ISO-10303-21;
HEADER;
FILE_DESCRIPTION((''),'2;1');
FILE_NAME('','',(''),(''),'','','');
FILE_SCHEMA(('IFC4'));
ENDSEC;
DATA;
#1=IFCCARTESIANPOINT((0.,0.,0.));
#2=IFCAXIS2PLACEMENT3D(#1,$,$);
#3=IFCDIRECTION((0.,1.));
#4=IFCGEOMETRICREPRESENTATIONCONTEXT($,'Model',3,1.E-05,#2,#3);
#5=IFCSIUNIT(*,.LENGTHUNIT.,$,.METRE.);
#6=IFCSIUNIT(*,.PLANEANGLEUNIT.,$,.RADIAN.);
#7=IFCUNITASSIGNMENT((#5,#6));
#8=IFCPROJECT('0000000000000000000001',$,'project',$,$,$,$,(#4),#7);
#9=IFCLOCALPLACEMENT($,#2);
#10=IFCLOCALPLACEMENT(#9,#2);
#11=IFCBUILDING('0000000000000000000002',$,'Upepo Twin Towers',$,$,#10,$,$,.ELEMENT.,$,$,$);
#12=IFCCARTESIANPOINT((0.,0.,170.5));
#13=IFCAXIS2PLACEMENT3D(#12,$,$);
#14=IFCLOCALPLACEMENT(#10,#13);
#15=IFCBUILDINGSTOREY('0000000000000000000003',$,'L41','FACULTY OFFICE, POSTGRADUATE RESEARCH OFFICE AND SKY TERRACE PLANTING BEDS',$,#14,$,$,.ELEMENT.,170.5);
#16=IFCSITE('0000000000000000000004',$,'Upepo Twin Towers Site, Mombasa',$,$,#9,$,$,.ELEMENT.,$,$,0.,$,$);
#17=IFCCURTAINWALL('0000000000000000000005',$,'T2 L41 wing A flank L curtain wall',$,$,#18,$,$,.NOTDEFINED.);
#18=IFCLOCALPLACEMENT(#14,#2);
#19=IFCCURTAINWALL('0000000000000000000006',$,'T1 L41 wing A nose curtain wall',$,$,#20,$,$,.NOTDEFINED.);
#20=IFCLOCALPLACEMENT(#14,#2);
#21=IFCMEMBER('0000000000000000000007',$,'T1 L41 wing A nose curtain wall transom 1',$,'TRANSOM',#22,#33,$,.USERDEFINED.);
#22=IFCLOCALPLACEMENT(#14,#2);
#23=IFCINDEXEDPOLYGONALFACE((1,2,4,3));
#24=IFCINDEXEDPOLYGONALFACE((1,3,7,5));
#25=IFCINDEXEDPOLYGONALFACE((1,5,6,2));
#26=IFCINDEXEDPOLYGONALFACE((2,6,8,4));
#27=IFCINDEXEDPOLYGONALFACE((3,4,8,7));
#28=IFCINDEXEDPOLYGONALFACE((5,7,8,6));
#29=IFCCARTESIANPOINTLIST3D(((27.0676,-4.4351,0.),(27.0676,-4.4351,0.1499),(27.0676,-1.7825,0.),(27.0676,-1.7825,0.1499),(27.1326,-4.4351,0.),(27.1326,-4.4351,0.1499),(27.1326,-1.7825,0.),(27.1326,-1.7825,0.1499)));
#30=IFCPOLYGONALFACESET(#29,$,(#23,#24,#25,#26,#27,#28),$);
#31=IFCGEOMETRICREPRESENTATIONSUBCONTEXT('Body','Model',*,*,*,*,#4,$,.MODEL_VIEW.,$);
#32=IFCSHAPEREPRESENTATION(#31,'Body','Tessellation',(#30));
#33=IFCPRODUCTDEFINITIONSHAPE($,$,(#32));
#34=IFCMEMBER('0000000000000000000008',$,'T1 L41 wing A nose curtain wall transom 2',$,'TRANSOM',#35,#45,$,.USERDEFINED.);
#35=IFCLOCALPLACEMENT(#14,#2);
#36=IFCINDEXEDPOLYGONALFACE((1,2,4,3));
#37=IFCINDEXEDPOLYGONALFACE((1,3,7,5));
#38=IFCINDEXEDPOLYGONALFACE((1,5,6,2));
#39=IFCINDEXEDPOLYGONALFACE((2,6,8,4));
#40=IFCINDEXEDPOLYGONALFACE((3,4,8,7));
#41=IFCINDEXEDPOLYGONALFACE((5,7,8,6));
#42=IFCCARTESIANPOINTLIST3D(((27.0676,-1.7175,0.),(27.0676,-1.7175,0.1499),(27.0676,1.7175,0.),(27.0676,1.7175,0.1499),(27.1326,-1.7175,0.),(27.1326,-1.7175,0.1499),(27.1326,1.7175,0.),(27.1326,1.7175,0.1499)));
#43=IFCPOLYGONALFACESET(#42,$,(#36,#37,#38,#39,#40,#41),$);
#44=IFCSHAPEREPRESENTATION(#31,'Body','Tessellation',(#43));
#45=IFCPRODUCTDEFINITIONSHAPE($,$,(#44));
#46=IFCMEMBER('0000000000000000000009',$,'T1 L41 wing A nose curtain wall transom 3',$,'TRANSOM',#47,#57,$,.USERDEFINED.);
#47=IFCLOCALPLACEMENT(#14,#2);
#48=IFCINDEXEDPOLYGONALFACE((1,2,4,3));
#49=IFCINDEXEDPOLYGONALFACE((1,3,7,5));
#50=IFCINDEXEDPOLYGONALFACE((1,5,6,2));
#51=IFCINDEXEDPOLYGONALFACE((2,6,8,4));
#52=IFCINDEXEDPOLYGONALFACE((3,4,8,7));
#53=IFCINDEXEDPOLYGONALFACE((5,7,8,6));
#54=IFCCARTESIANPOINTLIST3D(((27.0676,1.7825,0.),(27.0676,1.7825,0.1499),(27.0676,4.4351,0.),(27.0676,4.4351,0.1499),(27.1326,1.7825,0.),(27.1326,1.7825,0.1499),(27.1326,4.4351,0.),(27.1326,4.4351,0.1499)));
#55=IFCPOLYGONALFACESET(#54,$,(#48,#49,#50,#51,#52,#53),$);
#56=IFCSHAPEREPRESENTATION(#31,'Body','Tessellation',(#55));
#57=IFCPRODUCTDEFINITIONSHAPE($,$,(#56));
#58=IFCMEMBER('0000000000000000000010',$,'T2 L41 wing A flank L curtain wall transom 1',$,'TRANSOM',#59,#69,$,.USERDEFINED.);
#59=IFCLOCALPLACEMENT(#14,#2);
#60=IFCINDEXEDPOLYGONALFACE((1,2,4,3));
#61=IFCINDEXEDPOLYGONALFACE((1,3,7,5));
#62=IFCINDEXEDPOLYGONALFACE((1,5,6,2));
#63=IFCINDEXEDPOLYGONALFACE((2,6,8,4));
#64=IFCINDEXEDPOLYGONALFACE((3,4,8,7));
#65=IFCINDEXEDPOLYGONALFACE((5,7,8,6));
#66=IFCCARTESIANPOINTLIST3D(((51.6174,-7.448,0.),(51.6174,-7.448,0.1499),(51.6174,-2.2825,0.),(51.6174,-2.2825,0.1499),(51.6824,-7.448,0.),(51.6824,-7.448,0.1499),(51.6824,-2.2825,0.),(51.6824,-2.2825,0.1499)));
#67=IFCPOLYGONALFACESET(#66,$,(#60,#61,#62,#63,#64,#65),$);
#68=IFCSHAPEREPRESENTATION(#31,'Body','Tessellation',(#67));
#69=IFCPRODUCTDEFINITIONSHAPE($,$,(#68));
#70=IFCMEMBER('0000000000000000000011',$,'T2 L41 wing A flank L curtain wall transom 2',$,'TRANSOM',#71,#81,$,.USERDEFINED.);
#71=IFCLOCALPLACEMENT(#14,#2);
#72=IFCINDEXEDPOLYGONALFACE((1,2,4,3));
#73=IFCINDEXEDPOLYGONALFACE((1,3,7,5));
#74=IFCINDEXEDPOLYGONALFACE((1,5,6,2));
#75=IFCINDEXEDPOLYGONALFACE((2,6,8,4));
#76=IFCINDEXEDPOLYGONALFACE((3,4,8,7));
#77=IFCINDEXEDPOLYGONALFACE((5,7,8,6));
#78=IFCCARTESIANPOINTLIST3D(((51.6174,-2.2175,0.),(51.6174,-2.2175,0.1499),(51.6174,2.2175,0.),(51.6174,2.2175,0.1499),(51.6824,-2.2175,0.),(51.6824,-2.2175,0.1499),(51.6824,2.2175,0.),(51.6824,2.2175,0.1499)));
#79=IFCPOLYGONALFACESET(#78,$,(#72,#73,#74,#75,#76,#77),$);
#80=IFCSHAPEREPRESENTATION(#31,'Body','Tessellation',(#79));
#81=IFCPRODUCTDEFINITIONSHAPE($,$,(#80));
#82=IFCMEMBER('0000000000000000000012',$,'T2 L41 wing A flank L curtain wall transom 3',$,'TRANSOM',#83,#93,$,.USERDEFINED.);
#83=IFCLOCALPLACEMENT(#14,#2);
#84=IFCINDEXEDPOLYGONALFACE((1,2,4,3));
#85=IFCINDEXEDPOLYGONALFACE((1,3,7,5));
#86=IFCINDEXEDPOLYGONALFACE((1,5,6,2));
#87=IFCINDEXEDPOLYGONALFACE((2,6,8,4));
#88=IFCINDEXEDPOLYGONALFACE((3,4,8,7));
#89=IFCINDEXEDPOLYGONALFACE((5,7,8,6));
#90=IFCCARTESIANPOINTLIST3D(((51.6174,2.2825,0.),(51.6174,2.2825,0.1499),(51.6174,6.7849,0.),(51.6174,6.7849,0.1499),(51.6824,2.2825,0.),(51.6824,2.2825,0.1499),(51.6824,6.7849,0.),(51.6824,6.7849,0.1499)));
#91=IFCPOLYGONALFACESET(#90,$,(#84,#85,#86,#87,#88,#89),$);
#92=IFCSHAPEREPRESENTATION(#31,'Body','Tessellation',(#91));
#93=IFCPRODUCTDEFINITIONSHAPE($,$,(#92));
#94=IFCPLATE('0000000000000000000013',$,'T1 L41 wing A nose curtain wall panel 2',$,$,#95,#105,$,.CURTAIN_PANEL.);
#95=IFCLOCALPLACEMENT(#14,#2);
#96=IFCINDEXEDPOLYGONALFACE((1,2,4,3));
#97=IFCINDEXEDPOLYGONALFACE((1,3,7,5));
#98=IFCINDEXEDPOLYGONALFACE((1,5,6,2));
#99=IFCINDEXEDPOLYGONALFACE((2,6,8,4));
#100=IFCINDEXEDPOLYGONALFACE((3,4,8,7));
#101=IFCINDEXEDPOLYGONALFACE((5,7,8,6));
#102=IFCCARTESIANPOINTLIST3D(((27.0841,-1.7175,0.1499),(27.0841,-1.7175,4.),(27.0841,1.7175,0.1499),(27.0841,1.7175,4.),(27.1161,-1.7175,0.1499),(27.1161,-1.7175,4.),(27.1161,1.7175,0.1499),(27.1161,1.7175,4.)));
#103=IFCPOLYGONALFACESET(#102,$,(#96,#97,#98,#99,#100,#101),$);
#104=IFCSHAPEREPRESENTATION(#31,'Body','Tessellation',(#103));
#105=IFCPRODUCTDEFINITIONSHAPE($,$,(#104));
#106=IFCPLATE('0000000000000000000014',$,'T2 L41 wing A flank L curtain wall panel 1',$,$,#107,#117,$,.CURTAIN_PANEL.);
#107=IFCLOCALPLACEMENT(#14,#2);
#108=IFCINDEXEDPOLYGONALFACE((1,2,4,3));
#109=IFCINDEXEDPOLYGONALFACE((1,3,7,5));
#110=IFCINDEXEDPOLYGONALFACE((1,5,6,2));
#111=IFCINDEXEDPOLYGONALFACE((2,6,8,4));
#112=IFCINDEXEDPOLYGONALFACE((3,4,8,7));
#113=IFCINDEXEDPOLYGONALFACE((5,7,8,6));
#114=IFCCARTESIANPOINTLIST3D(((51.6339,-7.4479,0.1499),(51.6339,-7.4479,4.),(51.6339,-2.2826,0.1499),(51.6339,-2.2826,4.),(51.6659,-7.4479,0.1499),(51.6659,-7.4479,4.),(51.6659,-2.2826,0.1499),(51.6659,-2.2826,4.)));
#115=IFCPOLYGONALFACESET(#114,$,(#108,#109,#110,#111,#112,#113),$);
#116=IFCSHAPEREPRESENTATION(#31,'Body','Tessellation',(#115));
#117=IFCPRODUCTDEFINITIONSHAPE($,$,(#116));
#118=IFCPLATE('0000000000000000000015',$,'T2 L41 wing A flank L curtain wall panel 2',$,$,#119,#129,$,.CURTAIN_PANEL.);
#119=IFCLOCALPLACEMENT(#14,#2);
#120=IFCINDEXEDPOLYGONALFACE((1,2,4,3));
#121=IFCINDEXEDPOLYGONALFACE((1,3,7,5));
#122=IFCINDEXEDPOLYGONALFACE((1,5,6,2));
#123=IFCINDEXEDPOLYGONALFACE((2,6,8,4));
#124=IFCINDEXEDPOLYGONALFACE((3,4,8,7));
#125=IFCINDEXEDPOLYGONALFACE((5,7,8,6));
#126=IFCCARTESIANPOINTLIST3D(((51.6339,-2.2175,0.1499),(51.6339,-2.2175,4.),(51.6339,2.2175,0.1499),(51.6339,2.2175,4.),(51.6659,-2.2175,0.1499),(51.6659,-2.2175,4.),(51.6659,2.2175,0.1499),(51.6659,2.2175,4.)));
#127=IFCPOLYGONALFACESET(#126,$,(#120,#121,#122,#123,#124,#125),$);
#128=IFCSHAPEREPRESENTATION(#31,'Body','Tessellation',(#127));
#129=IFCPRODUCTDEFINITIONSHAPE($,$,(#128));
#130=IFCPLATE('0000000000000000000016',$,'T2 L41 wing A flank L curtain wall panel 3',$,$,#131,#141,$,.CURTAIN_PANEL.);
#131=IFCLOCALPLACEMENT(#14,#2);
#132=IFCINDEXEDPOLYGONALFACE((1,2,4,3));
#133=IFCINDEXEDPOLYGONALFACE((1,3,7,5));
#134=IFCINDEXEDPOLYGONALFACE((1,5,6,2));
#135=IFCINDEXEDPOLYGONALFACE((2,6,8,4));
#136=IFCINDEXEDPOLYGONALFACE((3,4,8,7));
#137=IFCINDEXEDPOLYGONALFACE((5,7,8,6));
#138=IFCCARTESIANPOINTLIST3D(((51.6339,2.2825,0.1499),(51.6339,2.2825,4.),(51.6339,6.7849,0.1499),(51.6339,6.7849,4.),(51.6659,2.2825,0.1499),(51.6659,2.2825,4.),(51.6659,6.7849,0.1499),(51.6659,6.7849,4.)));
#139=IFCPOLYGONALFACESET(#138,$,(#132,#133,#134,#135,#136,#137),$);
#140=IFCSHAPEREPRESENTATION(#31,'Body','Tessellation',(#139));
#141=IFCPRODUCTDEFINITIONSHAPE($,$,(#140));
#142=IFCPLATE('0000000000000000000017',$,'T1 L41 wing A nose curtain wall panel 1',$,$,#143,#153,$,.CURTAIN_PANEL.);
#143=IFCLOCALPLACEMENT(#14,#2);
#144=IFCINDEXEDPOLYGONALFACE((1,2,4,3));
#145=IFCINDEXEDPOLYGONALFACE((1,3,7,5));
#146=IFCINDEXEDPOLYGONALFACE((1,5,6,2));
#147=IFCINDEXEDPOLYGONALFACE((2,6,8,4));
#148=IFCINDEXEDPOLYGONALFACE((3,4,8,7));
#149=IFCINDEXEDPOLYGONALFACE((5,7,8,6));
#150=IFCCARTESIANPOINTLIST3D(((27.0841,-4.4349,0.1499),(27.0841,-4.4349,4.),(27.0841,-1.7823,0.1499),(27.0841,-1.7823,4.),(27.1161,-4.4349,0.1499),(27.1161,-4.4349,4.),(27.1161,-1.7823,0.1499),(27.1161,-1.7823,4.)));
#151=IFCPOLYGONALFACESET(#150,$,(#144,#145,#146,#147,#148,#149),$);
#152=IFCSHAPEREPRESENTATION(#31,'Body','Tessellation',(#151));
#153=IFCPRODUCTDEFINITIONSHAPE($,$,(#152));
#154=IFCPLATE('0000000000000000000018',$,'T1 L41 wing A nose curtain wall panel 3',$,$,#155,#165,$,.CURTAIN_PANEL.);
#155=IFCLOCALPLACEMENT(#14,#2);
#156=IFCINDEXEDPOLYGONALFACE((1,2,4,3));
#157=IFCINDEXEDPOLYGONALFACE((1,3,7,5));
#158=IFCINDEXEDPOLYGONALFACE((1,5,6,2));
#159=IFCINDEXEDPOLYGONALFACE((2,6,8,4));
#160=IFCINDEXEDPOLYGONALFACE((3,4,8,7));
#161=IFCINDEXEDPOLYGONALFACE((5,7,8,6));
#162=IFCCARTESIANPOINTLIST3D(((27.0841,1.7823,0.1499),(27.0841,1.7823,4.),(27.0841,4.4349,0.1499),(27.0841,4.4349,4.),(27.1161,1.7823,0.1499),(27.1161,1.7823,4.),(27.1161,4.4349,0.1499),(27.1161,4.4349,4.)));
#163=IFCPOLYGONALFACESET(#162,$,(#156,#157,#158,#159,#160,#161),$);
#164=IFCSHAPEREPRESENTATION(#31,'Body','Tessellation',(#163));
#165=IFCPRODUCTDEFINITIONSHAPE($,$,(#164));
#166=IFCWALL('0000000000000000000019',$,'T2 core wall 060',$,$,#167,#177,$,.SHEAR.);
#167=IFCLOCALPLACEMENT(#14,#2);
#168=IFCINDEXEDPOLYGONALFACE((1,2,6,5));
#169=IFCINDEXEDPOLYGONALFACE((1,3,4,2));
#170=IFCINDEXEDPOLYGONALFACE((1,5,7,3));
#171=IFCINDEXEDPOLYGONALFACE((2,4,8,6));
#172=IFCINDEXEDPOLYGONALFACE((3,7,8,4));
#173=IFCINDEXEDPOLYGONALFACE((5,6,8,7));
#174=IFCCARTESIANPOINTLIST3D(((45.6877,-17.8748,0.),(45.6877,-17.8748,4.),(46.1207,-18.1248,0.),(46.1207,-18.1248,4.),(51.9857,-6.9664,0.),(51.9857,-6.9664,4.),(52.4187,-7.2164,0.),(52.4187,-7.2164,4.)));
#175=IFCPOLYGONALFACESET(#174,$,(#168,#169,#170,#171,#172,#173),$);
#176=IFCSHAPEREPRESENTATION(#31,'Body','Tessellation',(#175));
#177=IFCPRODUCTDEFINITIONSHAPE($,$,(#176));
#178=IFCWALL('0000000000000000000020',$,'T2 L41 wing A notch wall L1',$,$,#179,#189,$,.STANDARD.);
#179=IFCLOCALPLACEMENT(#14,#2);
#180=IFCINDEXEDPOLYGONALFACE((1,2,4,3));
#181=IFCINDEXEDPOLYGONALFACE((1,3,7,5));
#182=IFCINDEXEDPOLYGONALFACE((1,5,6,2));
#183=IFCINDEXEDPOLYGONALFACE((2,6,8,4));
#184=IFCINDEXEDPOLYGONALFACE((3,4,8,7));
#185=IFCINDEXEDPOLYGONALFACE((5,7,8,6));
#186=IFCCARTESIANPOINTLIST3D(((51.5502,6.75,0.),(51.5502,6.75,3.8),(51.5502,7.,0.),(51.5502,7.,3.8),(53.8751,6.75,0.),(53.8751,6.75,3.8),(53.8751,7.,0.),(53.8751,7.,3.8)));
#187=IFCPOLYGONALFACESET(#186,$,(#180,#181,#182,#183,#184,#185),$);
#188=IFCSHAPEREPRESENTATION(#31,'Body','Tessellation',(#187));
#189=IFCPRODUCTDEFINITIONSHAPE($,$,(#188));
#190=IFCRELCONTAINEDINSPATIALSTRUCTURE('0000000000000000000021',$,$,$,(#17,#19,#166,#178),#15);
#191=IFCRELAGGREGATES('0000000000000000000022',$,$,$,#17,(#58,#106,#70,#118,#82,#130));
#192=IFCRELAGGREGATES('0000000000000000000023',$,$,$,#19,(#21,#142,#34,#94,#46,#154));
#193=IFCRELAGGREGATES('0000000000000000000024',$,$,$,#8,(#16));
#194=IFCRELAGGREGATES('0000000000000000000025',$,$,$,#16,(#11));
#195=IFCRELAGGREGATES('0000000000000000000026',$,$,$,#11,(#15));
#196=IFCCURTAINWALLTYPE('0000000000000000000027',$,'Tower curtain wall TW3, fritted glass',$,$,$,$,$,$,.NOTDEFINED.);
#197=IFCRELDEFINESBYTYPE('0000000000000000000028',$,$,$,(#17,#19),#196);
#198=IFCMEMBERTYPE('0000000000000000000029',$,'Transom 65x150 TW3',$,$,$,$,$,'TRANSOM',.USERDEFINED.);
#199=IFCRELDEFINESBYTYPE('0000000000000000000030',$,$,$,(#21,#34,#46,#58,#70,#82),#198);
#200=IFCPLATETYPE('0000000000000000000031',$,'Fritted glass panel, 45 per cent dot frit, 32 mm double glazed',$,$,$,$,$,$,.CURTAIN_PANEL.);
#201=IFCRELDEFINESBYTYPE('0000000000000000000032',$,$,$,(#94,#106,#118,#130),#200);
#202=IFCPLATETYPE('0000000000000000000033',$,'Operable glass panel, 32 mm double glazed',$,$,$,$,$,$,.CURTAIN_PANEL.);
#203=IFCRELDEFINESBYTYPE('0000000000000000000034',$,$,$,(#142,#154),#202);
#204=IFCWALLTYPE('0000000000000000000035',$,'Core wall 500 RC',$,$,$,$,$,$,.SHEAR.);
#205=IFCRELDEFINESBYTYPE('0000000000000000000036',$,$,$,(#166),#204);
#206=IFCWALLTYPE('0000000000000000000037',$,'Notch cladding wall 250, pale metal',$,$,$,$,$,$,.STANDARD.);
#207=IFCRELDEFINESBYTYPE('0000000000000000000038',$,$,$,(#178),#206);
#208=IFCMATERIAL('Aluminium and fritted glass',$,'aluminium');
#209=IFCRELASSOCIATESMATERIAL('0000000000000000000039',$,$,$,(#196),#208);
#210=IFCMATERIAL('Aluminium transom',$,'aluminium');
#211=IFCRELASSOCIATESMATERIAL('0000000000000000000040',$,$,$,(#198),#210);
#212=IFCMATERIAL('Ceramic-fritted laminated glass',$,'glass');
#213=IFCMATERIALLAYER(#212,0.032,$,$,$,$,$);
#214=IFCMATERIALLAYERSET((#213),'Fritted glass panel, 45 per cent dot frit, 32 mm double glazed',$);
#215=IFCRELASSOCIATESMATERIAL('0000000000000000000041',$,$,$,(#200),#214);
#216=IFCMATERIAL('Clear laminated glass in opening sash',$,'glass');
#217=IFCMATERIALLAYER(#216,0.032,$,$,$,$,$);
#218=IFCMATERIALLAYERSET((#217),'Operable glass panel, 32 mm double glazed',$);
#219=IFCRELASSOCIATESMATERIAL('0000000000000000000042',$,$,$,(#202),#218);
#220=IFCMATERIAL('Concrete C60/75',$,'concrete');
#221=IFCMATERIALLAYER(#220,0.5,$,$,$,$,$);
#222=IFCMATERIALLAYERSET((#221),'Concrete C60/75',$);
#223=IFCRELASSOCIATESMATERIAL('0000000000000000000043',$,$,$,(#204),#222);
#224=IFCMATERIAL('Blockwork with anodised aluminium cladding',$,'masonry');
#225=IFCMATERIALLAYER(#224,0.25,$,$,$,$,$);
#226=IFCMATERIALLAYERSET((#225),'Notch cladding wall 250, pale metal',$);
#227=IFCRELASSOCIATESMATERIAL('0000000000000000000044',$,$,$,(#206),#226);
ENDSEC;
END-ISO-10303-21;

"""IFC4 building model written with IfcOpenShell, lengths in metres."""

from ifc_helpers import new_model, si_unit, direction, frame, frame_2d, origin, origin_2d, place, context, subcontext, project, spatial, rectangle, extrude, material, layer, layer_set, material_profile, profile_set, type_object, element, aggregate, save


model = new_model("IFC4")

# Units and contexts
model_context = context("Model", 3, precision=1e-05, world=origin(), true_north=direction((0.0, 1.0)))
body_context = subcontext(model_context, "Body", "Model", "MODEL_VIEW")
ifc_project = project(units=[si_unit("LENGTHUNIT", "METRE"), si_unit("PLANEANGLEUNIT", "RADIAN")], contexts=[model_context])

# Site, building, storey
site_placement = place(None, origin())
site = spatial("IfcSite", under=ifc_project, at=site_placement, Name="Upepo Twin Towers Site, Mombasa", CompositionType="ELEMENT", RefElevation=0.0)
building_placement = place(site_placement, origin())
building = spatial("IfcBuilding", under=site, at=building_placement, Name="Upepo Twin Towers", CompositionType="ELEMENT")
storey_placement = place(building_placement, frame((0.0, 0.0, 170.5)))
storey = spatial("IfcBuildingStorey", under=building, at=storey_placement, Name="L41", Description="FACULTY OFFICE, POSTGRADUATE RESEARCH OFFICE AND SKY TERRACE PLANTING BEDS", CompositionType="ELEMENT", Elevation=170.5)

# Curtain wall
ifc_material_1 = material(Name="Aluminium and fritted glass", Category="aluminium")
curtain_wall_type = type_object("IfcCurtainWallType", Name="Tower curtain wall TW3, fritted glass", PredefinedType="NOTDEFINED", material=ifc_material_1)
curtain_wall_1_placement = place(storey_placement, origin())
curtain_wall_1 = element("IfcCurtainWall", 1, at=curtain_wall_1_placement, inside=storey, type_object=curtain_wall_type, Name="T2 L41 wing A flank L curtain wall", PredefinedType="NOTDEFINED")

# Curtain wall, members
curtain_wall_2_placement = place(storey_placement, origin())
curtain_wall_2 = element("IfcCurtainWall", 2, at=curtain_wall_2_placement, inside=storey, type_object=curtain_wall_type, Name="T1 L41 wing A nose curtain wall", PredefinedType="NOTDEFINED")
ifc_material_2 = material(Name="Aluminium transom", Category="aluminium")
ifc_material_profile_1 = material_profile(ifc_material_2, rectangle(XDim=0.0649, YDim=0.1499, at=origin_2d()), Name="TRANSOM 65x150")
ifc_profile_set_1 = profile_set([ifc_material_profile_1], Name="Aluminium transom")
member_type_1 = type_object("IfcMemberType", Name="Transom 65x150 TW3", ElementType="TRANSOM", PredefinedType="USERDEFINED", material=ifc_profile_set_1)
member_1_placement = place(storey_placement, frame((27.1001, -4.4351, 0.075), z_axis=(0.0, 1.0, 0.0), x_axis=(-1.0, 0.0, 0.0)))
member_1 = element("IfcMember", 3, at=member_1_placement, type_object=member_type_1, Name="T1 L41 wing A nose curtain wall transom 1", ObjectType="TRANSOM", PredefinedType="USERDEFINED", context=body_context, shape_type="SweptSolid", body=[
    extrude(rectangle(XDim=0.0649, YDim=0.1499, at=origin_2d()), origin(), (0.0, 0.0, 1.0), 2.6526),
])
member_2_placement = place(storey_placement, frame((27.1001, -1.7175, 0.075), z_axis=(0.0, 1.0, 0.0), x_axis=(-1.0, 0.0, 0.0)))
member_2 = element("IfcMember", 4, at=member_2_placement, type_object=member_type_1, Name="T1 L41 wing A nose curtain wall transom 2", ObjectType="TRANSOM", PredefinedType="USERDEFINED", context=body_context, shape_type="SweptSolid", body=[
    extrude(rectangle(XDim=0.0649, YDim=0.1499, at=origin_2d()), origin(), (0.0, 0.0, 1.0), 3.4351),
])
member_3_placement = place(storey_placement, frame((27.1001, 1.7825, 0.075), z_axis=(0.0, 1.0, 0.0), x_axis=(-1.0, 0.0, 0.0)))
member_3 = element("IfcMember", 5, at=member_3_placement, type_object=member_type_1, Name="T1 L41 wing A nose curtain wall transom 3", ObjectType="TRANSOM", PredefinedType="USERDEFINED", context=body_context, shape_type="SweptSolid", body=[
    extrude(rectangle(XDim=0.0649, YDim=0.1499, at=origin_2d()), origin(), (0.0, 0.0, 1.0), 2.6526),
])

# Members
member_4_placement = place(storey_placement, frame((51.6499, -7.448, 0.075), z_axis=(0.0, 1.0, 0.0), x_axis=(-1.0, 0.0, 0.0)))
member_4 = element("IfcMember", 6, at=member_4_placement, type_object=member_type_1, Name="T2 L41 wing A flank L curtain wall transom 1", ObjectType="TRANSOM", PredefinedType="USERDEFINED", context=body_context, shape_type="SweptSolid", body=[
    extrude(rectangle(XDim=0.0649, YDim=0.1499, at=origin_2d()), origin(), (0.0, 0.0, 1.0), 5.1655),
])
member_5_placement = place(storey_placement, frame((51.6499, -2.2175, 0.075), z_axis=(0.0, 1.0, 0.0), x_axis=(-1.0, 0.0, 0.0)))
member_5 = element("IfcMember", 7, at=member_5_placement, type_object=member_type_1, Name="T2 L41 wing A flank L curtain wall transom 2", ObjectType="TRANSOM", PredefinedType="USERDEFINED", context=body_context, shape_type="SweptSolid", body=[
    extrude(rectangle(XDim=0.0649, YDim=0.1499, at=origin_2d()), origin(), (0.0, 0.0, 1.0), 4.4351),
])
member_6_placement = place(storey_placement, frame((51.6499, 2.2825, 0.075), z_axis=(0.0, 1.0, 0.0), x_axis=(-1.0, 0.0, 0.0)))
member_6 = element("IfcMember", 8, at=member_6_placement, type_object=member_type_1, Name="T2 L41 wing A flank L curtain wall transom 3", ObjectType="TRANSOM", PredefinedType="USERDEFINED", context=body_context, shape_type="SweptSolid", body=[
    extrude(rectangle(XDim=0.0649, YDim=0.1499, at=origin_2d()), origin(), (0.0, 0.0, 1.0), 4.5024),
])

# Plates
ifc_material_3 = material(Name="Ceramic-fritted laminated glass", Category="glass")
ifc_layer_1 = layer(ifc_material_3, 0.032)
ifc_layer_set_1 = layer_set([ifc_layer_1], Name="Fritted glass panel, 45 per cent dot frit, 32 mm double glazed")
plate_type_1 = type_object("IfcPlateType", Name="Fritted glass panel, 45 per cent dot frit, 32 mm double glazed", PredefinedType="CURTAIN_PANEL", material=ifc_layer_set_1)
plate_1_placement = place(storey_placement, frame((27.1001, 0.0, 0.1499), z_axis=(0.0, 0.0, 1.0), x_axis=(0.0, 1.0, 0.0)))
plate_1 = element("IfcPlate", 9, at=plate_1_placement, type_object=plate_type_1, Name="T1 L41 wing A nose curtain wall panel 2", PredefinedType="CURTAIN_PANEL", context=body_context, shape_type="SweptSolid", body=[
    extrude(rectangle(XDim=3.4351, YDim=0.032, at=origin_2d()), origin(), (0.0, 0.0, 1.0), 3.8501),
])
plate_2_placement = place(storey_placement, frame((51.6499, -4.8652, 0.1499), z_axis=(0.0, 0.0, 1.0), x_axis=(0.0, 1.0, 0.0)))
plate_2 = element("IfcPlate", 10, at=plate_2_placement, type_object=plate_type_1, Name="T2 L41 wing A flank L curtain wall panel 1", PredefinedType="CURTAIN_PANEL", context=body_context, shape_type="SweptSolid", body=[
    extrude(rectangle(XDim=5.1653, YDim=0.032, at=origin_2d()), origin(), (0.0, 0.0, 1.0), 3.8501),
])
plate_3_placement = place(storey_placement, frame((51.6499, 0.0, 0.1499), z_axis=(0.0, 0.0, 1.0), x_axis=(0.0, 1.0, 0.0)))
plate_3 = element("IfcPlate", 11, at=plate_3_placement, type_object=plate_type_1, Name="T2 L41 wing A flank L curtain wall panel 2", PredefinedType="CURTAIN_PANEL", context=body_context, shape_type="SweptSolid", body=[
    extrude(rectangle(XDim=4.4351, YDim=0.032, at=origin_2d()), origin(), (0.0, 0.0, 1.0), 3.8501),
])
plate_4_placement = place(storey_placement, frame((51.6499, 4.5337, 0.1499), z_axis=(0.0, 0.0, 1.0), x_axis=(0.0, 1.0, 0.0)))
plate_4 = element("IfcPlate", 12, at=plate_4_placement, type_object=plate_type_1, Name="T2 L41 wing A flank L curtain wall panel 3", PredefinedType="CURTAIN_PANEL", context=body_context, shape_type="SweptSolid", body=[
    extrude(rectangle(XDim=4.5024, YDim=0.032, at=origin_2d()), origin(), (0.0, 0.0, 1.0), 3.8501),
])
aggregate(curtain_wall_1, [member_4, plate_2, member_5, plate_3, member_6, plate_4])
ifc_material_4 = material(Name="Clear laminated glass in opening sash", Category="glass")
ifc_layer_2 = layer(ifc_material_4, 0.032)
ifc_layer_set_2 = layer_set([ifc_layer_2], Name="Operable glass panel, 32 mm double glazed")
plate_type_2 = type_object("IfcPlateType", Name="Operable glass panel, 32 mm double glazed", PredefinedType="CURTAIN_PANEL", material=ifc_layer_set_2)
plate_5_placement = place(storey_placement, frame((27.1001, -3.1086, 0.1499), z_axis=(0.0, 0.0, 1.0), x_axis=(0.0, 1.0, 0.0)))
plate_5 = element("IfcPlate", 13, at=plate_5_placement, type_object=plate_type_2, Name="T1 L41 wing A nose curtain wall panel 1", PredefinedType="CURTAIN_PANEL", context=body_context, shape_type="SweptSolid", body=[
    extrude(rectangle(XDim=2.6526, YDim=0.032, at=origin_2d()), origin(), (0.0, 0.0, 1.0), 3.8501),
])
plate_6_placement = place(storey_placement, frame((27.1001, 3.1086, 0.1499), z_axis=(0.0, 0.0, 1.0), x_axis=(0.0, 1.0, 0.0)))
plate_6 = element("IfcPlate", 14, at=plate_6_placement, type_object=plate_type_2, Name="T1 L41 wing A nose curtain wall panel 3", PredefinedType="CURTAIN_PANEL", context=body_context, shape_type="SweptSolid", body=[
    extrude(rectangle(XDim=2.6526, YDim=0.032, at=origin_2d()), origin(), (0.0, 0.0, 1.0), 3.8501),
])
aggregate(curtain_wall_2, [member_1, plate_5, member_2, plate_1, member_3, plate_6])

# Walls
ifc_material_5 = material(Name="Concrete C60/75", Category="concrete")
ifc_layer_3 = layer(ifc_material_5, 0.5)
ifc_layer_set_3 = layer_set([ifc_layer_3], Name="Concrete C60/75")
wall_type_1 = type_object("IfcWallType", Name="Core wall 500 RC", PredefinedType="SHEAR", material=ifc_layer_set_3)
wall_1_placement = place(storey_placement, frame((52.2021, -7.0916, 0.0), z_axis=(0.0, 0.0, 1.0), x_axis=(-0.500006, -0.866022, 0.0)))
element("IfcWall", 15, at=wall_1_placement, inside=storey, type_object=wall_type_1, Name="T2 core wall 060", PredefinedType="SHEAR", context=body_context, shape_type="SweptSolid", body=[
    extrude(rectangle(XDim=12.5959, YDim=0.5, at=frame_2d((6.2979, 0.0))), origin(), (0.0, 0.0, 1.0), 4.0),
])
ifc_material_6 = material(Name="Blockwork with anodised aluminium cladding", Category="masonry")
ifc_layer_4 = layer(ifc_material_6, 0.25)
ifc_layer_set_4 = layer_set([ifc_layer_4], Name="Notch cladding wall 250, pale metal")
wall_type_2 = type_object("IfcWallType", Name="Notch cladding wall 250, pale metal", PredefinedType="STANDARD", material=ifc_layer_set_4)
wall_2_placement = place(storey_placement, frame((51.55, 6.875, 0.0), z_axis=(0.0, 0.0, 1.0), x_axis=(1.0, 0.0, 0.0)))
element("IfcWall", 16, at=wall_2_placement, inside=storey, type_object=wall_type_2, Name="T2 L41 wing A notch wall L1", PredefinedType="STANDARD", context=body_context, shape_type="SweptSolid", body=[
    extrude(rectangle(XDim=2.325, YDim=0.25, at=frame_2d((1.1626, 0.0))), origin(), (0.0, 0.0, 1.0), 3.8),
])

save(model, "model.ifc")
